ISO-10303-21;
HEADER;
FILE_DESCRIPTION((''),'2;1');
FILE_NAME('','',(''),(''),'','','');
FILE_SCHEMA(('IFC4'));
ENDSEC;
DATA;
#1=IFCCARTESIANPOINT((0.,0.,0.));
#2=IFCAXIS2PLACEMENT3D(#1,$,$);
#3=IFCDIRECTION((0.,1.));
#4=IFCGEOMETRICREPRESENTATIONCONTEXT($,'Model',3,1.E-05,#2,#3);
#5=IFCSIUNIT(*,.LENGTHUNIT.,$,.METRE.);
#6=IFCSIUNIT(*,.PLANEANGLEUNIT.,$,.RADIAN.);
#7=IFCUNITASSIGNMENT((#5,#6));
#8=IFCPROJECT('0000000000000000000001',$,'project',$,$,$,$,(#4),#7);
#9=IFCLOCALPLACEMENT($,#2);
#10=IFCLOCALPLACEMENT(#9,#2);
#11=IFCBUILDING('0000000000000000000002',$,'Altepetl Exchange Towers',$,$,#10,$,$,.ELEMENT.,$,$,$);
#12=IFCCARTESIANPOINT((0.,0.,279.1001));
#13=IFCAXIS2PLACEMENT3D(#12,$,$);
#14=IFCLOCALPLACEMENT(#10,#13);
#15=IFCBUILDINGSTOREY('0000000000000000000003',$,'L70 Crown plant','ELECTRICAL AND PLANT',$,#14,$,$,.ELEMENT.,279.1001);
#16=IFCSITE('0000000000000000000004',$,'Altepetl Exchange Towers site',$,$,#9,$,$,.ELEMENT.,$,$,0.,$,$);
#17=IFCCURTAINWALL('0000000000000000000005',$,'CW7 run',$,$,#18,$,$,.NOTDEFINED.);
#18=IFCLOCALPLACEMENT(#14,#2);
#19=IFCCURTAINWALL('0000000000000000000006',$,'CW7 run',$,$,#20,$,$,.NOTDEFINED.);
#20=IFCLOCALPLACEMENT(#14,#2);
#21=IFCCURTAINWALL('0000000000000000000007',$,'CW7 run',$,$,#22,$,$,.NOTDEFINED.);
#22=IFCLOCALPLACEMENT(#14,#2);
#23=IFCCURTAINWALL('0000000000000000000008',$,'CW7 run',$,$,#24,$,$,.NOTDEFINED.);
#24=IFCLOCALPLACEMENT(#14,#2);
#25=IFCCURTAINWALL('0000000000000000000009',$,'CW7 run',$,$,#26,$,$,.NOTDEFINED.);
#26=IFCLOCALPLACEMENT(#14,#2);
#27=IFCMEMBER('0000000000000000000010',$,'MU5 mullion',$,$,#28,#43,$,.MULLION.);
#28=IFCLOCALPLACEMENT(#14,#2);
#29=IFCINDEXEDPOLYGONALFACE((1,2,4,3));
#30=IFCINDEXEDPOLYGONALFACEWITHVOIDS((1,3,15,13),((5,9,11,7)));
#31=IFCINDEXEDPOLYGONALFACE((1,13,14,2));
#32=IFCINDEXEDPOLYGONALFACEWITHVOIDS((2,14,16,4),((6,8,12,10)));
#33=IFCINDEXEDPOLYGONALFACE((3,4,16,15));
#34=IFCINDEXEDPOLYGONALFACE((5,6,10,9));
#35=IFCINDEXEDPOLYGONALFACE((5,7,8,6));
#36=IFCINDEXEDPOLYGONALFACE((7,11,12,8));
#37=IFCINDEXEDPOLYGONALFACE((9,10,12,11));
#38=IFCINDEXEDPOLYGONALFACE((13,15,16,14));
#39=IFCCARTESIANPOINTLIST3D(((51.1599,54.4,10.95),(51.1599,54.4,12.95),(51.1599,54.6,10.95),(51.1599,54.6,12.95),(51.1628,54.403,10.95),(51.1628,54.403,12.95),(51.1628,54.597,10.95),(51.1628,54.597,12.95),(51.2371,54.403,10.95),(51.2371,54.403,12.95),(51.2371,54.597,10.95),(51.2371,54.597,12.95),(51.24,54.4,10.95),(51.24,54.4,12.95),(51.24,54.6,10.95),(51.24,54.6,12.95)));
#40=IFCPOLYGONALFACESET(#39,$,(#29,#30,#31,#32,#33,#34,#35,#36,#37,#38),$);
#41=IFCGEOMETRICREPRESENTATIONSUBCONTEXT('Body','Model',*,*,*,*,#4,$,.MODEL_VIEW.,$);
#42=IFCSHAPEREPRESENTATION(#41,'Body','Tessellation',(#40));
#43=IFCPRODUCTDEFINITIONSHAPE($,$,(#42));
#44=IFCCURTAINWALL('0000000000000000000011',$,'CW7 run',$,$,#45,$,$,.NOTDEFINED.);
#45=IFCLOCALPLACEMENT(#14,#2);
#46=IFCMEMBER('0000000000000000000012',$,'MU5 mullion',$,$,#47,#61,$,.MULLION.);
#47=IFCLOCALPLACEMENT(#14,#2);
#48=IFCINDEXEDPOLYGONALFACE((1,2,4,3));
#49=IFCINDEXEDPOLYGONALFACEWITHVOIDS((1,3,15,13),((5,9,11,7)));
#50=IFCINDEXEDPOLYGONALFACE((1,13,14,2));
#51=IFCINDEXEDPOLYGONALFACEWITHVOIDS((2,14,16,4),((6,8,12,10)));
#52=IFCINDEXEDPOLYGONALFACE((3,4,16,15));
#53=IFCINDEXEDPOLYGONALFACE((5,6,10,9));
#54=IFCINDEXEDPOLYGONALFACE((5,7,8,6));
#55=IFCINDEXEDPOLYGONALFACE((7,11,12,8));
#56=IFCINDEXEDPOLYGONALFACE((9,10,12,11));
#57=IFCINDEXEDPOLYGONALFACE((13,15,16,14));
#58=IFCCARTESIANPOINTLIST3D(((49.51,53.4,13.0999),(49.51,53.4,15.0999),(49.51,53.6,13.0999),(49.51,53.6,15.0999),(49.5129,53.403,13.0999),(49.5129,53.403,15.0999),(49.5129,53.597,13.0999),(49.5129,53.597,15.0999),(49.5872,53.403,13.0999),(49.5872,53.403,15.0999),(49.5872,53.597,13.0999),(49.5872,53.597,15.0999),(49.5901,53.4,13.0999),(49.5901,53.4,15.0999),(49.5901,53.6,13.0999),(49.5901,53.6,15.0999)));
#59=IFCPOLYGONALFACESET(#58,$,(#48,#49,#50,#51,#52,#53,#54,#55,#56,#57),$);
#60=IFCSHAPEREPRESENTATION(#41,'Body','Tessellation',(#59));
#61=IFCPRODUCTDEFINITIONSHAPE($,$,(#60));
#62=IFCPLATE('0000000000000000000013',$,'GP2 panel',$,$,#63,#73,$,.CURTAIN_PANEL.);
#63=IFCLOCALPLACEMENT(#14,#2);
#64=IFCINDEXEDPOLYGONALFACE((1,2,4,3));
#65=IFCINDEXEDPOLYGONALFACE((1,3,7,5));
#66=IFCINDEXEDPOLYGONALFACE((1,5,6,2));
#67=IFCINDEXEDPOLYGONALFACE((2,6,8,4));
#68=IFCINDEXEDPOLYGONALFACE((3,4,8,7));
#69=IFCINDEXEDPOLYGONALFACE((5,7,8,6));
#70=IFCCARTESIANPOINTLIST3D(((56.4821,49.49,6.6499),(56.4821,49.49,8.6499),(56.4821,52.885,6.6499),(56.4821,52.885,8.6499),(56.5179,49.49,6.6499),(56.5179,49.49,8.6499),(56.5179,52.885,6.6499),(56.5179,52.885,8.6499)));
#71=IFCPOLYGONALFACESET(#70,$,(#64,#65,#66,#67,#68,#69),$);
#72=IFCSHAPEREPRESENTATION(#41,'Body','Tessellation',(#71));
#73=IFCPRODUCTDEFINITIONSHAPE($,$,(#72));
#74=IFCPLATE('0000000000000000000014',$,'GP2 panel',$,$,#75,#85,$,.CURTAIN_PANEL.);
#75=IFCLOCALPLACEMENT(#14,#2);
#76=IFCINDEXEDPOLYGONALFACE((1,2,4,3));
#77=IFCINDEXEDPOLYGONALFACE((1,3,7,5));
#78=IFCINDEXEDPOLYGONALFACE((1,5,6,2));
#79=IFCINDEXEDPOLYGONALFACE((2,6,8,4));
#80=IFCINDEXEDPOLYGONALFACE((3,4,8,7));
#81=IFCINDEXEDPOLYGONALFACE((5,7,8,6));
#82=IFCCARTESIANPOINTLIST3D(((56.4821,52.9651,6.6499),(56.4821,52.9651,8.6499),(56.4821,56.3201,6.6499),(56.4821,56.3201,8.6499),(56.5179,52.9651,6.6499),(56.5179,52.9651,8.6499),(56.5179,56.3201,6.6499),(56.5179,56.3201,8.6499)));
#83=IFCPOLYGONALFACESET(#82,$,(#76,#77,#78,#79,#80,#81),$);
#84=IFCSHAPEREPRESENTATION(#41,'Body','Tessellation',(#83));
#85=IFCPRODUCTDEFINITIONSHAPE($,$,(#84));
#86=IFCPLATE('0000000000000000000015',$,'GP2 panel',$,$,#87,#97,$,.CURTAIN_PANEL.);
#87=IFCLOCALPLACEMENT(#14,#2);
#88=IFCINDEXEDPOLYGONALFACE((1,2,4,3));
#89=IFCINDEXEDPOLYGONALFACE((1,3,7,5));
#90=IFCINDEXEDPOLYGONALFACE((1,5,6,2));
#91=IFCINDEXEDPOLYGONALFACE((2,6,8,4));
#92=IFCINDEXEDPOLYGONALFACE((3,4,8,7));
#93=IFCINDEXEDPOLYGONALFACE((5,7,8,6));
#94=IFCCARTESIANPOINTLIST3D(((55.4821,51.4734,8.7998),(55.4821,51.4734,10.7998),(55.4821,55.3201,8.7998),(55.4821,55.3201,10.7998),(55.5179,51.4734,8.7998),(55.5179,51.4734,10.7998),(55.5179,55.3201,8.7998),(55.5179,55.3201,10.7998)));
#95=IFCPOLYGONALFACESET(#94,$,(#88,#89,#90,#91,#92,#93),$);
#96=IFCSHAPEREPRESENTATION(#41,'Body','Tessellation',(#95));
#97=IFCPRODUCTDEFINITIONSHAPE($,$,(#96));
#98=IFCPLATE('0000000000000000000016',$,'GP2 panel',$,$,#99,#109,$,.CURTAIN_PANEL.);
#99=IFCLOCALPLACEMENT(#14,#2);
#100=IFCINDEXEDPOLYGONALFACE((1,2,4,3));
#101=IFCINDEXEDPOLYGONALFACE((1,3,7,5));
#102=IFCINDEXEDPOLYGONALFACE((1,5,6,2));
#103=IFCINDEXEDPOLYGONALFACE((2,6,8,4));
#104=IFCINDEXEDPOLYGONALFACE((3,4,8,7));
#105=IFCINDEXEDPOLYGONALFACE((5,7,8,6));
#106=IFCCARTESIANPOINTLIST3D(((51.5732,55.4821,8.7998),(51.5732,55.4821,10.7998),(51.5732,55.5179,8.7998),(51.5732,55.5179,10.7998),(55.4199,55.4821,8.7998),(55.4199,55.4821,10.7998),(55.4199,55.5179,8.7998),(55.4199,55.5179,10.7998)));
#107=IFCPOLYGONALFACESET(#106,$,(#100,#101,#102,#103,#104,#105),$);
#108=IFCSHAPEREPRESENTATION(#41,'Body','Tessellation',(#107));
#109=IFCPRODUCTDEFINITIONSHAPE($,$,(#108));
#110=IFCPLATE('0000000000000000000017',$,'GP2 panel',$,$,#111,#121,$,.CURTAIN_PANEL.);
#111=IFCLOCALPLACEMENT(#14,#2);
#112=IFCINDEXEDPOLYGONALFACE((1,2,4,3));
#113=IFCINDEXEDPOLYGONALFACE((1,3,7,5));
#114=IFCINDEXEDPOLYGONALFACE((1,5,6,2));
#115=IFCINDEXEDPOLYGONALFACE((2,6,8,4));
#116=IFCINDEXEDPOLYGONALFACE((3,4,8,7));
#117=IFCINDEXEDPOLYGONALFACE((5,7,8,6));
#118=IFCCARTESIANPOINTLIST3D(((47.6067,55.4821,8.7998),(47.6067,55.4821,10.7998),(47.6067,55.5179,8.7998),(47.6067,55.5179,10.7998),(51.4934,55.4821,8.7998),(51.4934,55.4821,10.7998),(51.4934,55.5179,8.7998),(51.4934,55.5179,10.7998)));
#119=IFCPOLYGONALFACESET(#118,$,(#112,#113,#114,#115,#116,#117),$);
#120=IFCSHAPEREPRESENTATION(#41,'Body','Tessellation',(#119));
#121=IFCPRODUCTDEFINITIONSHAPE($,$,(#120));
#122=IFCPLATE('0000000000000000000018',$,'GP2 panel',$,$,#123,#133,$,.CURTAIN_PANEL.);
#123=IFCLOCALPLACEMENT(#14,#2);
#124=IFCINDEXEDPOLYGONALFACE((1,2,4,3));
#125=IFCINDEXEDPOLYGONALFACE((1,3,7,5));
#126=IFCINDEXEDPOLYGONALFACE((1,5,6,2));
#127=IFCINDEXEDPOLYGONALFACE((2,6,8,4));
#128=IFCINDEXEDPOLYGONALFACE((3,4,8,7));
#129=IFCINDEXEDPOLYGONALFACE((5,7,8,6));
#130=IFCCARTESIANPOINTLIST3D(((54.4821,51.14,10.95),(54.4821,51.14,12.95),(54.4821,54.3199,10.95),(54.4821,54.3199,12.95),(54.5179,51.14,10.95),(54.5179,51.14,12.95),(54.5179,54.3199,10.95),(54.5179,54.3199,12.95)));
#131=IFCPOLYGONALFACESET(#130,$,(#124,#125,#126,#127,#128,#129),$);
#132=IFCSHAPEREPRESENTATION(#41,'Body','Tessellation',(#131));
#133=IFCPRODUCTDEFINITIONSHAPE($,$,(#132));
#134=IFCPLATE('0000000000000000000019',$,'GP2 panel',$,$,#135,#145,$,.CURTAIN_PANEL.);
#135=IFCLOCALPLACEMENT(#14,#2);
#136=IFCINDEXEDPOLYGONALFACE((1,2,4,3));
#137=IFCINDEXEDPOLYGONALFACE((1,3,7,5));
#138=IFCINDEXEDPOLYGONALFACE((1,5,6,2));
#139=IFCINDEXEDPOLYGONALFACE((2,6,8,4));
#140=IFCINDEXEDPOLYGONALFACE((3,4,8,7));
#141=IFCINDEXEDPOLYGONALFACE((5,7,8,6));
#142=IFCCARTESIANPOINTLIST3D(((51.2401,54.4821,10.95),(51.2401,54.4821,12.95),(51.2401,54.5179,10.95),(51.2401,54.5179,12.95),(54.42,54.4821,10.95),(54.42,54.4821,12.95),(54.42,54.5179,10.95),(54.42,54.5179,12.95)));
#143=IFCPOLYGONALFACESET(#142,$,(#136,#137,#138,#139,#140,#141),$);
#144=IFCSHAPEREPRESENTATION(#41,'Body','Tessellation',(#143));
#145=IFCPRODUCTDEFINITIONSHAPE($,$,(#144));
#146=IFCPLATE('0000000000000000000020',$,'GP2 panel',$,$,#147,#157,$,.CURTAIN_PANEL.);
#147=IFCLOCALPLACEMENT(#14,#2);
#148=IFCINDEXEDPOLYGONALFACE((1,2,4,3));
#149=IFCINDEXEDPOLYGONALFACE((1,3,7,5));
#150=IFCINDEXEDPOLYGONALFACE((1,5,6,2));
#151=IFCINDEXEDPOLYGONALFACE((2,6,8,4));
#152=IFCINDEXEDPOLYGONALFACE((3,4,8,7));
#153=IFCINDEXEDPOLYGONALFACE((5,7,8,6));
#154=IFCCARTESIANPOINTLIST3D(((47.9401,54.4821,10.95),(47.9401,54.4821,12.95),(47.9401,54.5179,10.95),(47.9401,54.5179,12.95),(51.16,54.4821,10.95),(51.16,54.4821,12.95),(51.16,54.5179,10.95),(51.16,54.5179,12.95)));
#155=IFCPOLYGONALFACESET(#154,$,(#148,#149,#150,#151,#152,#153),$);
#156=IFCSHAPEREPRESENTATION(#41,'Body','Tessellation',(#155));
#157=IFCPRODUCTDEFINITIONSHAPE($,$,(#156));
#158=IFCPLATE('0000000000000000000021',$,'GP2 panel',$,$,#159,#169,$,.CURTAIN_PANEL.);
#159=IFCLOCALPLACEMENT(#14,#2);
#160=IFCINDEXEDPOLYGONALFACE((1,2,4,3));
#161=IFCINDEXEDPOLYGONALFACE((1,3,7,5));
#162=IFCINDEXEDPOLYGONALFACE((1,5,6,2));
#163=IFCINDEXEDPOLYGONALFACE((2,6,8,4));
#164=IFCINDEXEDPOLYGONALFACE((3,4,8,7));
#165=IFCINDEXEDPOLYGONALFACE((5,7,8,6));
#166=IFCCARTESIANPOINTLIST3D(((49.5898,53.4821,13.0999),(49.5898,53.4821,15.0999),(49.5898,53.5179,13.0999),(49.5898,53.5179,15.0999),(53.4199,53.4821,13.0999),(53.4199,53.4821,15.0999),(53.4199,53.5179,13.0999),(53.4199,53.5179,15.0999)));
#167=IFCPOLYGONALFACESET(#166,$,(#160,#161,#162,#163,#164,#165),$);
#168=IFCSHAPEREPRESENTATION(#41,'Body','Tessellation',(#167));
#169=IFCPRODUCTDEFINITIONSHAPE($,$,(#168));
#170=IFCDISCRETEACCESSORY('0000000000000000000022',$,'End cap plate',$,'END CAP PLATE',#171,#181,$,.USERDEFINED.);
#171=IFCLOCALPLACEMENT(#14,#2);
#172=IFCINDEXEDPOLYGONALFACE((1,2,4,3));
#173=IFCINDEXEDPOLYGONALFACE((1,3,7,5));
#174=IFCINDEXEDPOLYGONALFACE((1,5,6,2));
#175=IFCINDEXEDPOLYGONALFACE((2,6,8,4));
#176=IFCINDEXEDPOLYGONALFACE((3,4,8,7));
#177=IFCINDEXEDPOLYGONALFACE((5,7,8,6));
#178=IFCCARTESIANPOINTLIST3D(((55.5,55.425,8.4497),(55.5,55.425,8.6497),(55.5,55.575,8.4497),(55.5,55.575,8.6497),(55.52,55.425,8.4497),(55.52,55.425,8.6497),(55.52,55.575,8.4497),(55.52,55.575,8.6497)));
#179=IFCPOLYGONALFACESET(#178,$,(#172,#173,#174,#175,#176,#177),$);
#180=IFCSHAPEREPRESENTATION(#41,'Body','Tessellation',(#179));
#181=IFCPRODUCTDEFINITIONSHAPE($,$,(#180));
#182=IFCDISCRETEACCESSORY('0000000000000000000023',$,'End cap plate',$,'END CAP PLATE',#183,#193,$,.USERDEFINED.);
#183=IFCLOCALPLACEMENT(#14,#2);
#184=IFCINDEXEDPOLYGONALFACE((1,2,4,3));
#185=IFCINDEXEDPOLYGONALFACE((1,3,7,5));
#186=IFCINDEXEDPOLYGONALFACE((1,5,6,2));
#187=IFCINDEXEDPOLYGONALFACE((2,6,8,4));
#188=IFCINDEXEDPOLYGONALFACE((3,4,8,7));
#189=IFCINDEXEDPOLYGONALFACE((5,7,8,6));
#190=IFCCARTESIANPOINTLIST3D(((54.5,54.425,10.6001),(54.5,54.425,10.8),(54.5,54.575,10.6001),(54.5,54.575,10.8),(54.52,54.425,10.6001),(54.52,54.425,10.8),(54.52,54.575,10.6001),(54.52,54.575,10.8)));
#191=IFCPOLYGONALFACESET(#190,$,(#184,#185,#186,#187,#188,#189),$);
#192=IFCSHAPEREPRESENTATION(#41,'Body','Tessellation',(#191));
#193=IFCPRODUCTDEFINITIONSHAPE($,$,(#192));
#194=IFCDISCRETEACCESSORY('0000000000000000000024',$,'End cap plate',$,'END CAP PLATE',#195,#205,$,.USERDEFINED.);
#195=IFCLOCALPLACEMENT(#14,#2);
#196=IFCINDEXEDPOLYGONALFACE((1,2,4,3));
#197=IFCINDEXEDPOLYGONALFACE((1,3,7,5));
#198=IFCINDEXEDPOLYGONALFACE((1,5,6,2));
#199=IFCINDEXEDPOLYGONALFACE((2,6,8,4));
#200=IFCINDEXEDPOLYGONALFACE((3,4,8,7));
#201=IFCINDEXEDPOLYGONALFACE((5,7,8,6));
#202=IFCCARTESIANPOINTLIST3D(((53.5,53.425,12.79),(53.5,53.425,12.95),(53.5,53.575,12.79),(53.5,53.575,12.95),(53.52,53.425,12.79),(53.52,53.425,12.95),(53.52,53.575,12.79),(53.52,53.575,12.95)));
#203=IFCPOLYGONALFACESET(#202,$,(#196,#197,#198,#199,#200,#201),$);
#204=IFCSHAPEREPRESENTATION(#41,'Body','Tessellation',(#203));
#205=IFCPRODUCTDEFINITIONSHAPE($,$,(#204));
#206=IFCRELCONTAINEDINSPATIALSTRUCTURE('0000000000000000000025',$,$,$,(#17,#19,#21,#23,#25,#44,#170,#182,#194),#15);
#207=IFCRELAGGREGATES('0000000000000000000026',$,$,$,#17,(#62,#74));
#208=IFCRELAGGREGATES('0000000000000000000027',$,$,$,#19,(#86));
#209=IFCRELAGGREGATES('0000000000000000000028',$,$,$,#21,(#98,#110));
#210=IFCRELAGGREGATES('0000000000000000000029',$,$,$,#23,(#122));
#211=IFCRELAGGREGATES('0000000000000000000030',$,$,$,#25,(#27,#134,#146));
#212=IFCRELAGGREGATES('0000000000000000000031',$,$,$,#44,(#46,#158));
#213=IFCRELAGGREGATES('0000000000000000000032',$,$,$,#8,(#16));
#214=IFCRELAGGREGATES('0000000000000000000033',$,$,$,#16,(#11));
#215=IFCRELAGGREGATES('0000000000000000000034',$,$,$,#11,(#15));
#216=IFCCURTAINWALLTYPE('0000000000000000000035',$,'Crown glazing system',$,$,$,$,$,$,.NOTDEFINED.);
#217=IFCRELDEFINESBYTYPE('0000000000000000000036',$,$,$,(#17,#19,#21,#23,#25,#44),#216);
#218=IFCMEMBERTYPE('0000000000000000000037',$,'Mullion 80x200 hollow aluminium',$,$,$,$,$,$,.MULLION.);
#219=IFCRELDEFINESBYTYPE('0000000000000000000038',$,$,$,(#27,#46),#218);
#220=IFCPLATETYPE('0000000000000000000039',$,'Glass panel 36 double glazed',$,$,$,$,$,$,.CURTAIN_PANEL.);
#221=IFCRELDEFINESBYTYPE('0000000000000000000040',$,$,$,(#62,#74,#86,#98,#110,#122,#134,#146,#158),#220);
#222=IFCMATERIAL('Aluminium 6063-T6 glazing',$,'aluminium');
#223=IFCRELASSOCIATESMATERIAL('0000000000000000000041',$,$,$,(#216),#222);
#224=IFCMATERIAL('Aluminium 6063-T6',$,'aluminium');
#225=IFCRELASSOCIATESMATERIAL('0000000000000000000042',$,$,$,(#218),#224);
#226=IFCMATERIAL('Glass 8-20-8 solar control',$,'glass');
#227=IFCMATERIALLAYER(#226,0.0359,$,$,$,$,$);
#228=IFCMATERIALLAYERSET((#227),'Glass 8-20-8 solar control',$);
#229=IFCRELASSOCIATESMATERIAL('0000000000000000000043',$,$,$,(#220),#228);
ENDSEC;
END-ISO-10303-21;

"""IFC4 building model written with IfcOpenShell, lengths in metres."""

from ifc_helpers import new_model, si_unit, direction, frame, origin, origin_2d, place, context, subcontext, project, spatial, rectangle, hollow_rectangle, extrude, material, layer, layer_set, material_profile, profile_set, type_object, element, aggregate, save


model = new_model("IFC4")

# Units and contexts
model_context = context("Model", 3, precision=1e-05, world=origin(), true_north=direction((0.0, 1.0)))
body_context = subcontext(model_context, "Body", "Model", "MODEL_VIEW")
ifc_project = project(units=[si_unit("LENGTHUNIT", "METRE"), si_unit("PLANEANGLEUNIT", "RADIAN")], contexts=[model_context])

# Site, building, storey
site_placement = place(None, origin())
site = spatial("IfcSite", under=ifc_project, at=site_placement, Name="Altepetl Exchange Towers site", CompositionType="ELEMENT", RefElevation=0.0)
building_placement = place(site_placement, origin())
building = spatial("IfcBuilding", under=site, at=building_placement, Name="Altepetl Exchange Towers", CompositionType="ELEMENT")
storey_placement = place(building_placement, frame((0.0, 0.0, 279.1001)))
storey = spatial("IfcBuildingStorey", under=building, at=storey_placement, Name="L70 Crown plant", Description="ELECTRICAL AND PLANT", CompositionType="ELEMENT", Elevation=279.1001)

# Curtain walls
ifc_material_1 = material(Name="Aluminium 6063-T6 glazing", Category="aluminium")
curtain_wall_type = type_object("IfcCurtainWallType", Name="Crown glazing system", PredefinedType="NOTDEFINED", material=ifc_material_1)
curtain_wall_1_placement = place(storey_placement, origin())
curtain_wall_1 = element("IfcCurtainWall", 1, at=curtain_wall_1_placement, inside=storey, type_object=curtain_wall_type, Name="CW7 run", PredefinedType="NOTDEFINED")
ifc_material_2 = material(Name="Aluminium 6063-T6", Category="aluminium")
ifc_material_profile_1 = material_profile(ifc_material_2, hollow_rectangle(XDim=0.0801, YDim=0.2, WallThickness=0.0029, at=origin_2d()), Name="Mullion 80x200 hollow aluminium")
ifc_profile_set_1 = profile_set([ifc_material_profile_1], Name="Aluminium 6063-T6")
member_type = type_object("IfcMemberType", Name="Mullion 80x200 hollow aluminium", PredefinedType="MULLION", material=ifc_profile_set_1)
curtain_wall_2_placement = place(storey_placement, origin())
curtain_wall_2 = element("IfcCurtainWall", 2, at=curtain_wall_2_placement, inside=storey, type_object=curtain_wall_type, Name="CW7 run", PredefinedType="NOTDEFINED")
curtain_wall_3_placement = place(storey_placement, origin())
curtain_wall_3 = element("IfcCurtainWall", 3, at=curtain_wall_3_placement, inside=storey, type_object=curtain_wall_type, Name="CW7 run", PredefinedType="NOTDEFINED")

# Curtain wall
curtain_wall_4_placement = place(storey_placement, origin())
curtain_wall_4 = element("IfcCurtainWall", 4, at=curtain_wall_4_placement, inside=storey, type_object=curtain_wall_type, Name="CW7 run", PredefinedType="NOTDEFINED")

# Curtain wall, member
curtain_wall_5_placement = place(storey_placement, origin())
curtain_wall_5 = element("IfcCurtainWall", 5, at=curtain_wall_5_placement, inside=storey, type_object=curtain_wall_type, Name="CW7 run", PredefinedType="NOTDEFINED")
member_1_placement = place(storey_placement, frame((51.2, 54.5, 10.95), z_axis=(0.0, 0.0, 1.0), x_axis=(-1.0, 0.0, 0.0)))
member_1 = element("IfcMember", 6, at=member_1_placement, type_object=member_type, Name="MU5 mullion", PredefinedType="MULLION", context=body_context, shape_type="SweptSolid", body=[
    extrude(hollow_rectangle(XDim=0.0801, YDim=0.2, WallThickness=0.0029, at=origin_2d()), origin(), (0.0, 0.0, 1.0), 2.0),
])

# Curtain wall, member
curtain_wall_6_placement = place(storey_placement, origin())
curtain_wall_6 = element("IfcCurtainWall", 7, at=curtain_wall_6_placement, inside=storey, type_object=curtain_wall_type, Name="CW7 run", PredefinedType="NOTDEFINED")
member_2_placement = place(storey_placement, frame((49.55, 53.5, 13.0999), z_axis=(0.0, 0.0, 1.0), x_axis=(-1.0, 0.0, 0.0)))
member_2 = element("IfcMember", 8, at=member_2_placement, type_object=member_type, Name="MU5 mullion", PredefinedType="MULLION", context=body_context, shape_type="SweptSolid", body=[
    extrude(hollow_rectangle(XDim=0.0801, YDim=0.2, WallThickness=0.0029, at=origin_2d()), origin(), (0.0, 0.0, 1.0), 2.0),
])

# Plates
ifc_material_3 = material(Name="Glass 8-20-8 solar control", Category="glass")
ifc_layer = layer(ifc_material_3, 0.0359)
ifc_layer_set = layer_set([ifc_layer], Name="Glass 8-20-8 solar control")
plate_type = type_object("IfcPlateType", Name="Glass panel 36 double glazed", PredefinedType="CURTAIN_PANEL", material=ifc_layer_set)
plate_1_placement = place(storey_placement, frame((56.5, 51.1875, 6.6499), z_axis=(0.0, 0.0, 1.0), x_axis=(0.0, 1.0, 0.0)))
plate_1 = element("IfcPlate", 9, at=plate_1_placement, type_object=plate_type, Name="GP2 panel", PredefinedType="CURTAIN_PANEL", context=body_context, shape_type="SweptSolid", body=[
    extrude(rectangle(XDim=3.395, YDim=0.0359, at=origin_2d()), origin(), (0.0, 0.0, 1.0), 2.0),
])
plate_2_placement = place(storey_placement, frame((56.5, 54.6426, 6.6499), z_axis=(0.0, 0.0, 1.0), x_axis=(0.0, 1.0, 0.0)))
plate_2 = element("IfcPlate", 10, at=plate_2_placement, type_object=plate_type, Name="GP2 panel", PredefinedType="CURTAIN_PANEL", context=body_context, shape_type="SweptSolid", body=[
    extrude(rectangle(XDim=3.355, YDim=0.0359, at=origin_2d()), origin(), (0.0, 0.0, 1.0), 2.0),
])
aggregate(curtain_wall_1, [plate_1, plate_2])
plate_3_placement = place(storey_placement, frame((55.5, 53.3967, 8.7998), z_axis=(0.0, 0.0, 1.0), x_axis=(0.0, 1.0, 0.0)))
plate_3 = element("IfcPlate", 11, at=plate_3_placement, type_object=plate_type, Name="GP2 panel", PredefinedType="CURTAIN_PANEL", context=body_context, shape_type="SweptSolid", body=[
    extrude(rectangle(XDim=3.8467, YDim=0.0359, at=origin_2d()), origin(), (0.0, 0.0, 1.0), 2.0),
])
aggregate(curtain_wall_2, [plate_3])
plate_4_placement = place(storey_placement, frame((53.4966, 55.5, 8.7998), z_axis=(0.0, 0.0, 1.0), x_axis=(-1.0, 0.0, 0.0)))
plate_4 = element("IfcPlate", 12, at=plate_4_placement, type_object=plate_type, Name="GP2 panel", PredefinedType="CURTAIN_PANEL", context=body_context, shape_type="SweptSolid", body=[
    extrude(rectangle(XDim=3.8467, YDim=0.0359, at=origin_2d()), origin(), (0.0, 0.0, 1.0), 2.0),
])
plate_5_placement = place(storey_placement, frame((49.55, 55.5, 8.7998), z_axis=(0.0, 0.0, 1.0), x_axis=(-1.0, 0.0, 0.0)))
plate_5 = element("IfcPlate", 13, at=plate_5_placement, type_object=plate_type, Name="GP2 panel", PredefinedType="CURTAIN_PANEL", context=body_context, shape_type="SweptSolid", body=[
    extrude(rectangle(XDim=3.8867, YDim=0.0359, at=origin_2d()), origin(), (0.0, 0.0, 1.0), 2.0),
])
aggregate(curtain_wall_3, [plate_4, plate_5])
plate_6_placement = place(storey_placement, frame((54.5, 52.73, 10.95), z_axis=(0.0, 0.0, 1.0), x_axis=(0.0, 1.0, 0.0)))
plate_6 = element("IfcPlate", 14, at=plate_6_placement, type_object=plate_type, Name="GP2 panel", PredefinedType="CURTAIN_PANEL", context=body_context, shape_type="SweptSolid", body=[
    extrude(rectangle(XDim=3.1799, YDim=0.0359, at=origin_2d()), origin(), (0.0, 0.0, 1.0), 2.0),
])
aggregate(curtain_wall_4, [plate_6])
plate_7_placement = place(storey_placement, frame((52.8301, 54.5, 10.95), z_axis=(0.0, 0.0, 1.0), x_axis=(-1.0, 0.0, 0.0)))
plate_7 = element("IfcPlate", 15, at=plate_7_placement, type_object=plate_type, Name="GP2 panel", PredefinedType="CURTAIN_PANEL", context=body_context, shape_type="SweptSolid", body=[
    extrude(rectangle(XDim=3.1799, YDim=0.0359, at=origin_2d()), origin(), (0.0, 0.0, 1.0), 2.0),
])
plate_8_placement = place(storey_placement, frame((49.55, 54.5, 10.95), z_axis=(0.0, 0.0, 1.0), x_axis=(-1.0, 0.0, 0.0)))
plate_8 = element("IfcPlate", 16, at=plate_8_placement, type_object=plate_type, Name="GP2 panel", PredefinedType="CURTAIN_PANEL", context=body_context, shape_type="SweptSolid", body=[
    extrude(rectangle(XDim=3.22, YDim=0.0359, at=origin_2d()), origin(), (0.0, 0.0, 1.0), 2.0),
])
aggregate(curtain_wall_5, [member_1, plate_7, plate_8])
plate_9_placement = place(storey_placement, frame((51.5049, 53.5, 13.0999), z_axis=(0.0, 0.0, 1.0), x_axis=(-1.0, 0.0, 0.0)))
plate_9 = element("IfcPlate", 17, at=plate_9_placement, type_object=plate_type, Name="GP2 panel", PredefinedType="CURTAIN_PANEL", context=body_context, shape_type="SweptSolid", body=[
    extrude(rectangle(XDim=3.8301, YDim=0.0359, at=origin_2d()), origin(), (0.0, 0.0, 1.0), 2.0),
])
aggregate(curtain_wall_6, [member_2, plate_9])

# Discrete accessories
for number, where, name in (
    (18, (55.51, 55.5, 8.4497), "End cap plate"),
    (19, (54.51, 54.5, 10.6001), "End cap plate"),
):
    element("IfcDiscreteAccessory", number, at=place(storey_placement, frame(where)), inside=storey, Name=name, ObjectType="END CAP PLATE", PredefinedType="USERDEFINED", context=body_context, shape_type="SweptSolid", body=[
        extrude(rectangle(XDim=0.02, YDim=0.1499, at=origin_2d()), origin(), (0.0, 0.0, 1.0), 0.2),
    ])
discrete_accessory_placement = place(storey_placement, frame((53.51, 53.5, 12.79)))
element("IfcDiscreteAccessory", 20, at=discrete_accessory_placement, inside=storey, Name="End cap plate", ObjectType="END CAP PLATE", PredefinedType="USERDEFINED", context=body_context, shape_type="SweptSolid", body=[
    extrude(rectangle(XDim=0.02, YDim=0.1499, at=origin_2d()), origin(), (0.0, 0.0, 1.0), 0.1599),
])

save(model, "model.ifc")
